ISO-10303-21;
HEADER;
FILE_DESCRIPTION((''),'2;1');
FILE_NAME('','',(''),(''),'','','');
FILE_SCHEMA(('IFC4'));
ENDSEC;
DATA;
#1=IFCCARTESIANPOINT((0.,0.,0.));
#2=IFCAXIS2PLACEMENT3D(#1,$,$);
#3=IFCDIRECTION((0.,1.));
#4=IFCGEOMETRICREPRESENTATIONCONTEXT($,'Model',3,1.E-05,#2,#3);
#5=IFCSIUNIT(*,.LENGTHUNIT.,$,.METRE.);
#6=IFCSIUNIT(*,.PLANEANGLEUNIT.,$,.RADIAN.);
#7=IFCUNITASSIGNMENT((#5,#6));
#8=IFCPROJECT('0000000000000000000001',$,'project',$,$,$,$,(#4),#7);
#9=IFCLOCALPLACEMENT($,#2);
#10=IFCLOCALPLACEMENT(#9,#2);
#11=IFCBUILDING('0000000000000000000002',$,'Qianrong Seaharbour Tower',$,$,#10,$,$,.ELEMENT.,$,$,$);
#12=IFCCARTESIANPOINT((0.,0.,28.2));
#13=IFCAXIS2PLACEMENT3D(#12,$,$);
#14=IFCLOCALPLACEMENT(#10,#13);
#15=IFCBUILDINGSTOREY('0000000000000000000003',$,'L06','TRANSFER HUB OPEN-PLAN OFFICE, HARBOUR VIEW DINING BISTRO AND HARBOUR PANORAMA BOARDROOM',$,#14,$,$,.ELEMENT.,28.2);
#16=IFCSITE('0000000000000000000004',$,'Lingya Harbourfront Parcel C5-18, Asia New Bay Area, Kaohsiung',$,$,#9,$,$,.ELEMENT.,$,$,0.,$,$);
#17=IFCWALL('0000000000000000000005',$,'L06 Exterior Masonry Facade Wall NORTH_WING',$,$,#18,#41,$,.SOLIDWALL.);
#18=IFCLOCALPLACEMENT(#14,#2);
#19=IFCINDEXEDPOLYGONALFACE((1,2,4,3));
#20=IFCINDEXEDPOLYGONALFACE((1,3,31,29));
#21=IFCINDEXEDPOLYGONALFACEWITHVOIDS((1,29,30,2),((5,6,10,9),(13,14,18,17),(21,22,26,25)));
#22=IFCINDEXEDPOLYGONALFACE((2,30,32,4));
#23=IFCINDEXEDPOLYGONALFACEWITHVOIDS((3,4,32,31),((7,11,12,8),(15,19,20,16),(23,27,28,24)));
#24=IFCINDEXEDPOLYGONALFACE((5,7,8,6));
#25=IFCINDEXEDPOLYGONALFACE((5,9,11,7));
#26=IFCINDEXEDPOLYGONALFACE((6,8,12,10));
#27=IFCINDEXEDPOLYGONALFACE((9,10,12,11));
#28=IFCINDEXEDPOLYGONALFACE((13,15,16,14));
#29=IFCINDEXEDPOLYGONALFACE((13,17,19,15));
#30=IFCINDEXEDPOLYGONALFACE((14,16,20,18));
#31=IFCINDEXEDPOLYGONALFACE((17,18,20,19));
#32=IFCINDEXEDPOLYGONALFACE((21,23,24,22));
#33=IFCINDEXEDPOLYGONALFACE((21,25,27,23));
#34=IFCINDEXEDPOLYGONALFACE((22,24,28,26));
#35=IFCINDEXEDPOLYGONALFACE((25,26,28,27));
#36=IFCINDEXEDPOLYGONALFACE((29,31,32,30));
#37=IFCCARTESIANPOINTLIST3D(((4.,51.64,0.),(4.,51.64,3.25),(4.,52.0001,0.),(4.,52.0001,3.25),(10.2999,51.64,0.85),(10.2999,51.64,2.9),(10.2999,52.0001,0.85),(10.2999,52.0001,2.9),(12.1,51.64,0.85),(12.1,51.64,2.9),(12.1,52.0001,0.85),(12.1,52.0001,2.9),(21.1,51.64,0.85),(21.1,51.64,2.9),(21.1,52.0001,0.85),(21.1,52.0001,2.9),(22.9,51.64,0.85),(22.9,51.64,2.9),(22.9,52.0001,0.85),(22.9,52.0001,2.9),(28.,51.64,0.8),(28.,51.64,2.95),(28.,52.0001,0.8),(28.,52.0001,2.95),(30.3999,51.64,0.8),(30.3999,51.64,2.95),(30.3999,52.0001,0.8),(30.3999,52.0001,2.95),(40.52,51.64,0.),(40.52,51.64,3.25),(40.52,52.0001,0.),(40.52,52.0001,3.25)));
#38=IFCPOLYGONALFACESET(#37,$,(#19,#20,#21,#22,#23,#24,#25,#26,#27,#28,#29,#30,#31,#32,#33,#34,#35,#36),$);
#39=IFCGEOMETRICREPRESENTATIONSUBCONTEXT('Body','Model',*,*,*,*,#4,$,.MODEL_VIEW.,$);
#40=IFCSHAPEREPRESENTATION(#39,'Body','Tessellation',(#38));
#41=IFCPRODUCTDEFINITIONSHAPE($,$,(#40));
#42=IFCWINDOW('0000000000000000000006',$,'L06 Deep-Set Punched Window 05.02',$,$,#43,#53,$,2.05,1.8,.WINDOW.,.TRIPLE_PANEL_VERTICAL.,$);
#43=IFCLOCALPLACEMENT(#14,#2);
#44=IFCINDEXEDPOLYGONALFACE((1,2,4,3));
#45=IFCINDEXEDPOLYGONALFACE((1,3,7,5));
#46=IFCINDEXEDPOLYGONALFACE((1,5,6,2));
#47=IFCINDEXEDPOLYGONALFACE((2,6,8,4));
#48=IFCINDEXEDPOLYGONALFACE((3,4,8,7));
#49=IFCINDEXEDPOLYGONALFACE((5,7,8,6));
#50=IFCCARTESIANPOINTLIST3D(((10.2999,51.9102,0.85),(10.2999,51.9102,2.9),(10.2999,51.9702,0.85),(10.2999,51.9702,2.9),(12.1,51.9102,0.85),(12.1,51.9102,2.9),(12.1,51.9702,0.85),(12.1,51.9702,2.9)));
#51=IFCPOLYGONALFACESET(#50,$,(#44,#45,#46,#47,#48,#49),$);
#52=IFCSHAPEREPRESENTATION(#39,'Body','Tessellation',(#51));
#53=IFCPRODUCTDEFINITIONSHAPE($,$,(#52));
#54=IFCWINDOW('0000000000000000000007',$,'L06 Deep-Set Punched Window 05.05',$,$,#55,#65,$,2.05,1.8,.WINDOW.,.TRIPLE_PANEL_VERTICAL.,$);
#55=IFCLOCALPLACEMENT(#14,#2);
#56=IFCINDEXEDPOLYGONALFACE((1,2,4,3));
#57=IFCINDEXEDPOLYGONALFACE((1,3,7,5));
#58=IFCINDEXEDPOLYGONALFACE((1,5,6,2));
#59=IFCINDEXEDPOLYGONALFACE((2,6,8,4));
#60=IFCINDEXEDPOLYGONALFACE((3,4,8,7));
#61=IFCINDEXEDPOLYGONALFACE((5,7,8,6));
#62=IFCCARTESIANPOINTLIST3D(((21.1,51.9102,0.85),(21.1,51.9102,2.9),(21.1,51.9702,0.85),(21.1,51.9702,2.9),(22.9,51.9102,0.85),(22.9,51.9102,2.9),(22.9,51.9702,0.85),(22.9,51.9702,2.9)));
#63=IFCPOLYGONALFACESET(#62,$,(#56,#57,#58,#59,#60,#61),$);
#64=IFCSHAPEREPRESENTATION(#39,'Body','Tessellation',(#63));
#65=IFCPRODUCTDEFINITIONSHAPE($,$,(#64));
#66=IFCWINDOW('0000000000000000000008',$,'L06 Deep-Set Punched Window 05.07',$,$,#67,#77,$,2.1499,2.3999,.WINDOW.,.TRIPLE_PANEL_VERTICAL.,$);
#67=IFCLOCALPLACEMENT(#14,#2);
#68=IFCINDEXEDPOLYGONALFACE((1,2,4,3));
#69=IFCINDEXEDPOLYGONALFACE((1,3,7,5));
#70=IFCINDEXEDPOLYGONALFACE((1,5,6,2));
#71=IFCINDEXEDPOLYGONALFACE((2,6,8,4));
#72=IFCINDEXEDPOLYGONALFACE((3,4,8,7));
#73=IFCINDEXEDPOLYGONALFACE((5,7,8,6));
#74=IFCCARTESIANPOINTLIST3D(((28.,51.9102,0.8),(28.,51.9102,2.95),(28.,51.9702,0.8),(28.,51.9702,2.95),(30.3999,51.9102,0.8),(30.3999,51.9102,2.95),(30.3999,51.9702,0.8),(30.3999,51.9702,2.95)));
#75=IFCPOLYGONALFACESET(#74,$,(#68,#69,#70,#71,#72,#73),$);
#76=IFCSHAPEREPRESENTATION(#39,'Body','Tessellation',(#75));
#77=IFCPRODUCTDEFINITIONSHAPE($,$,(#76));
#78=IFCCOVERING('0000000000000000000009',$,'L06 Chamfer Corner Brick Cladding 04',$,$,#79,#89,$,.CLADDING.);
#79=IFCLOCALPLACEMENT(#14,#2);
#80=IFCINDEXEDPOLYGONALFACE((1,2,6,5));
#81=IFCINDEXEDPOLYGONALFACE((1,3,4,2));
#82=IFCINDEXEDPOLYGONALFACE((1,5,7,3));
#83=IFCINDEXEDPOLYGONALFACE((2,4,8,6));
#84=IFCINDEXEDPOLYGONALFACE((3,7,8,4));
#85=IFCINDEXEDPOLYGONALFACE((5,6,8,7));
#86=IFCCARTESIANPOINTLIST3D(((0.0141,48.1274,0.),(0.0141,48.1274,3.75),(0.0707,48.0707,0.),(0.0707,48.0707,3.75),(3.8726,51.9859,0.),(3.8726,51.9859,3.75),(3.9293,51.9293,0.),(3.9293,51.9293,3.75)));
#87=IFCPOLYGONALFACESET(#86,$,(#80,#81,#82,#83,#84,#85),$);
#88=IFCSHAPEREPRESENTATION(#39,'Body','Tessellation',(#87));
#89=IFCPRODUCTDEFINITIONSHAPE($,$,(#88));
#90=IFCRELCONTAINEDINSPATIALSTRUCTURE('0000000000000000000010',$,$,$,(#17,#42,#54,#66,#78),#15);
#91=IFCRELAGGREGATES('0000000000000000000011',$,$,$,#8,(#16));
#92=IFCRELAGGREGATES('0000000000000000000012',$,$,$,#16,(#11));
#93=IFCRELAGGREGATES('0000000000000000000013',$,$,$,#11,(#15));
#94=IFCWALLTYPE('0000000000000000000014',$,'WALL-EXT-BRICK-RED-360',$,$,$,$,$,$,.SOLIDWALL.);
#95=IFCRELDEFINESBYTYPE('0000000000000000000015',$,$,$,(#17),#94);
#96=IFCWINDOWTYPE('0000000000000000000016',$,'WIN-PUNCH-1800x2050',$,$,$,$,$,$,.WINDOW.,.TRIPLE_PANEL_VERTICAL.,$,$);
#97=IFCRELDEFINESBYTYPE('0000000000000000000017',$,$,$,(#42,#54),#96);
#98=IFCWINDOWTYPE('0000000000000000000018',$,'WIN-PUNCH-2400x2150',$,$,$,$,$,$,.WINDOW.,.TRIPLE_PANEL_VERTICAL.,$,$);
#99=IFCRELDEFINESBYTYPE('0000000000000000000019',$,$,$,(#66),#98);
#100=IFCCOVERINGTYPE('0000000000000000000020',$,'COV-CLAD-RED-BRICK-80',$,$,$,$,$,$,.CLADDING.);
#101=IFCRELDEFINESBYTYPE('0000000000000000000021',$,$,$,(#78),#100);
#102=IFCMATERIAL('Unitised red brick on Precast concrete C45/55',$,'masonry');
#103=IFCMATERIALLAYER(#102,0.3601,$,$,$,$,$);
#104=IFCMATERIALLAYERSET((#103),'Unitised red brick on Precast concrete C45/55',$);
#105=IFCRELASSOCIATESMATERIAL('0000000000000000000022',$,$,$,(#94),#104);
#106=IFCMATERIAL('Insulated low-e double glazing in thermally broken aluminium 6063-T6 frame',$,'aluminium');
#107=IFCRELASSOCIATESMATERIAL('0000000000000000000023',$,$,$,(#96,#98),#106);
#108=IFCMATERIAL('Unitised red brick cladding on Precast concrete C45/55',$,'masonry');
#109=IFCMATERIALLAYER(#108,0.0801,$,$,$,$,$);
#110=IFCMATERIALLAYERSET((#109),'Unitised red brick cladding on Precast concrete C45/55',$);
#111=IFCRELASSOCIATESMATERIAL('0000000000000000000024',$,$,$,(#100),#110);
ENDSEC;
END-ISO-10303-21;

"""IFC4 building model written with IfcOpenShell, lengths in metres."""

from ifc_helpers import new_model, si_unit, direction, frame, frame_2d, origin, origin_2d, place, context, subcontext, project, spatial, rectangle, extrude, material, layer, layer_set, type_object, element, fill, save


model = new_model("IFC4")

# Units and contexts
model_context = context("Model", 3, precision=1e-05, world=origin(), true_north=direction((0.0, 1.0)))
body_context = subcontext(model_context, "Body", "Model", "MODEL_VIEW")
ifc_project = project(units=[si_unit("LENGTHUNIT", "METRE"), si_unit("PLANEANGLEUNIT", "RADIAN")], contexts=[model_context])

# Site, building, storey
site_placement = place(None, origin())
site = spatial("IfcSite", under=ifc_project, at=site_placement, Name="Lingya Harbourfront Parcel C5-18, Asia New Bay Area, Kaohsiung", CompositionType="ELEMENT", RefElevation=0.0)
building_placement = place(site_placement, origin())
building = spatial("IfcBuilding", under=site, at=building_placement, Name="Qianrong Seaharbour Tower", CompositionType="ELEMENT")
storey_placement = place(building_placement, frame((0.0, 0.0, 28.2)))
storey = spatial("IfcBuildingStorey", under=building, at=storey_placement, Name="L06", Description="TRANSFER HUB OPEN-PLAN OFFICE, HARBOUR VIEW DINING BISTRO AND HARBOUR PANORAMA BOARDROOM", CompositionType="ELEMENT", Elevation=28.2)

# Shared definitions
ifc_material_1 = material(Name="Unitised red brick on Precast concrete C45/55", Category="masonry")
ifc_layer_1 = layer(ifc_material_1, 0.3601)
ifc_layer_set_1 = layer_set([ifc_layer_1], Name="Unitised red brick on Precast concrete C45/55")
wall_type_1 = type_object("IfcWallType", Name="WALL-EXT-BRICK-RED-360", PredefinedType="SOLIDWALL", material=ifc_layer_set_1)

# Wall, openings, windows
wall_1_placement = place(storey_placement, frame((4.0, 51.8201, 0.0), z_axis=(0.0, 0.0, 1.0), x_axis=(1.0, 0.0, 0.0)))
wall_1 = element("IfcWall", 1, at=wall_1_placement, inside=storey, type_object=wall_type_1, Name="L06 Exterior Masonry Facade Wall NORTH_WING", PredefinedType="SOLIDWALL", context=body_context, shape_type="SweptSolid", body=[
    extrude(rectangle(XDim=36.52, YDim=0.3601, at=frame_2d((18.26, 0.0))), origin(), (0.0, 0.0, 1.0), 3.25),
])
opening_1_placement = place(wall_1_placement, frame((6.3, 0.0, 0.8501)))
opening_1 = element("IfcOpeningElement", 2, at=opening_1_placement, cuts=wall_1, PredefinedType="OPENING", context=body_context, shape_type="SweptSolid", body=[
    extrude(rectangle(XDim=1.8, YDim=2.05, at=frame_2d((0.8999, 1.0249))), frame((0.0, 0.1899, 0.0), z_axis=(0.0, -1.0, 0.0), x_axis=(1.0, 0.0, 0.0)), (0.0, 0.0, 1.0), 0.3801),
])
opening_2_placement = place(wall_1_placement, frame((17.1001, 0.0, 0.8501)))
opening_2 = element("IfcOpeningElement", 3, at=opening_2_placement, cuts=wall_1, PredefinedType="OPENING", context=body_context, shape_type="SweptSolid", body=[
    extrude(rectangle(XDim=1.8, YDim=2.05, at=frame_2d((0.8999, 1.0249))), frame((0.0, 0.1899, 0.0), z_axis=(0.0, -1.0, 0.0), x_axis=(1.0, 0.0, 0.0)), (0.0, 0.0, 1.0), 0.3801),
])
opening_3_placement = place(wall_1_placement, frame((24.0, 0.0, 0.8)))
opening_3 = element("IfcOpeningElement", 4, at=opening_3_placement, cuts=wall_1, PredefinedType="OPENING", context=body_context, shape_type="SweptSolid", body=[
    extrude(rectangle(XDim=2.3999, YDim=2.1499, at=frame_2d((1.2, 1.075))), frame((0.0, 0.1899, 0.0), z_axis=(0.0, -1.0, 0.0), x_axis=(1.0, 0.0, 0.0)), (0.0, 0.0, 1.0), 0.3801),
])
ifc_material_2 = material(Name="Insulated low-e double glazing in thermally broken aluminium 6063-T6 frame", Category="aluminium")
window_type_1 = type_object("IfcWindowType", Name="WIN-PUNCH-1800x2050", PartitioningType="TRIPLE_PANEL_VERTICAL", PredefinedType="WINDOW", material=ifc_material_2)
window_1_placement = place(opening_1_placement, origin())
window_1 = element("IfcWindow", 5, at=window_1_placement, inside=storey, type_object=window_type_1, Name="L06 Deep-Set Punched Window 05.02", OverallHeight=2.05, OverallWidth=1.8, PartitioningType="TRIPLE_PANEL_VERTICAL", PredefinedType="WINDOW", context=body_context, shape_type="SweptSolid", body=[
    extrude(rectangle(XDim=1.8, YDim=2.05, at=frame_2d((0.8999, 1.0249))), frame((0.0, 0.1501, 0.0), z_axis=(0.0, -1.0, 0.0), x_axis=(1.0, 0.0, 0.0)), (0.0, 0.0, 1.0), 0.0601),
])
fill(opening_1, window_1)
window_2_placement = place(opening_2_placement, origin())
window_2 = element("IfcWindow", 6, at=window_2_placement, inside=storey, type_object=window_type_1, Name="L06 Deep-Set Punched Window 05.05", OverallHeight=2.05, OverallWidth=1.8, PartitioningType="TRIPLE_PANEL_VERTICAL", PredefinedType="WINDOW", context=body_context, shape_type="SweptSolid", body=[
    extrude(rectangle(XDim=1.8, YDim=2.05, at=frame_2d((0.8999, 1.0249))), frame((0.0, 0.1501, 0.0), z_axis=(0.0, -1.0, 0.0), x_axis=(1.0, 0.0, 0.0)), (0.0, 0.0, 1.0), 0.0601),
])
fill(opening_2, window_2)
window_type_2 = type_object("IfcWindowType", Name="WIN-PUNCH-2400x2150", PartitioningType="TRIPLE_PANEL_VERTICAL", PredefinedType="WINDOW", material=ifc_material_2)
window_3_placement = place(opening_3_placement, origin())
window_3 = element("IfcWindow", 7, at=window_3_placement, inside=storey, type_object=window_type_2, Name="L06 Deep-Set Punched Window 05.07", OverallHeight=2.1499, OverallWidth=2.3999, PartitioningType="TRIPLE_PANEL_VERTICAL", PredefinedType="WINDOW", context=body_context, shape_type="SweptSolid", body=[
    extrude(rectangle(XDim=2.3999, YDim=2.1499, at=frame_2d((1.2, 1.075))), frame((0.0, 0.1501, 0.0), z_axis=(0.0, -1.0, 0.0), x_axis=(1.0, 0.0, 0.0)), (0.0, 0.0, 1.0), 0.0601),
])
fill(opening_3, window_3)

# Covering
ifc_material_3 = material(Name="Unitised red brick cladding on Precast concrete C45/55", Category="masonry")
ifc_layer_2 = layer(ifc_material_3, 0.0801)
ifc_layer_set_2 = layer_set([ifc_layer_2], Name="Unitised red brick cladding on Precast concrete C45/55")
covering_type = type_object("IfcCoveringType", Name="COV-CLAD-RED-BRICK-80", PredefinedType="CLADDING", material=ifc_layer_set_2)
covering_placement = place(storey_placement, frame((1.9717, 50.0283, 0.0), z_axis=(0.0, 0.0, 1.0), x_axis=(0.707107, 0.707107, 0.0)))
element("IfcCovering", 8, at=covering_placement, inside=storey, type_object=covering_type, Name="L06 Chamfer Corner Brick Cladding 04", PredefinedType="CLADDING", context=body_context, shape_type="SweptSolid", body=[
    extrude(rectangle(XDim=5.4568, YDim=0.0801, at=origin_2d()), origin(), (0.0, 0.0, 1.0), 3.75),
])

save(model, "model.ifc")
